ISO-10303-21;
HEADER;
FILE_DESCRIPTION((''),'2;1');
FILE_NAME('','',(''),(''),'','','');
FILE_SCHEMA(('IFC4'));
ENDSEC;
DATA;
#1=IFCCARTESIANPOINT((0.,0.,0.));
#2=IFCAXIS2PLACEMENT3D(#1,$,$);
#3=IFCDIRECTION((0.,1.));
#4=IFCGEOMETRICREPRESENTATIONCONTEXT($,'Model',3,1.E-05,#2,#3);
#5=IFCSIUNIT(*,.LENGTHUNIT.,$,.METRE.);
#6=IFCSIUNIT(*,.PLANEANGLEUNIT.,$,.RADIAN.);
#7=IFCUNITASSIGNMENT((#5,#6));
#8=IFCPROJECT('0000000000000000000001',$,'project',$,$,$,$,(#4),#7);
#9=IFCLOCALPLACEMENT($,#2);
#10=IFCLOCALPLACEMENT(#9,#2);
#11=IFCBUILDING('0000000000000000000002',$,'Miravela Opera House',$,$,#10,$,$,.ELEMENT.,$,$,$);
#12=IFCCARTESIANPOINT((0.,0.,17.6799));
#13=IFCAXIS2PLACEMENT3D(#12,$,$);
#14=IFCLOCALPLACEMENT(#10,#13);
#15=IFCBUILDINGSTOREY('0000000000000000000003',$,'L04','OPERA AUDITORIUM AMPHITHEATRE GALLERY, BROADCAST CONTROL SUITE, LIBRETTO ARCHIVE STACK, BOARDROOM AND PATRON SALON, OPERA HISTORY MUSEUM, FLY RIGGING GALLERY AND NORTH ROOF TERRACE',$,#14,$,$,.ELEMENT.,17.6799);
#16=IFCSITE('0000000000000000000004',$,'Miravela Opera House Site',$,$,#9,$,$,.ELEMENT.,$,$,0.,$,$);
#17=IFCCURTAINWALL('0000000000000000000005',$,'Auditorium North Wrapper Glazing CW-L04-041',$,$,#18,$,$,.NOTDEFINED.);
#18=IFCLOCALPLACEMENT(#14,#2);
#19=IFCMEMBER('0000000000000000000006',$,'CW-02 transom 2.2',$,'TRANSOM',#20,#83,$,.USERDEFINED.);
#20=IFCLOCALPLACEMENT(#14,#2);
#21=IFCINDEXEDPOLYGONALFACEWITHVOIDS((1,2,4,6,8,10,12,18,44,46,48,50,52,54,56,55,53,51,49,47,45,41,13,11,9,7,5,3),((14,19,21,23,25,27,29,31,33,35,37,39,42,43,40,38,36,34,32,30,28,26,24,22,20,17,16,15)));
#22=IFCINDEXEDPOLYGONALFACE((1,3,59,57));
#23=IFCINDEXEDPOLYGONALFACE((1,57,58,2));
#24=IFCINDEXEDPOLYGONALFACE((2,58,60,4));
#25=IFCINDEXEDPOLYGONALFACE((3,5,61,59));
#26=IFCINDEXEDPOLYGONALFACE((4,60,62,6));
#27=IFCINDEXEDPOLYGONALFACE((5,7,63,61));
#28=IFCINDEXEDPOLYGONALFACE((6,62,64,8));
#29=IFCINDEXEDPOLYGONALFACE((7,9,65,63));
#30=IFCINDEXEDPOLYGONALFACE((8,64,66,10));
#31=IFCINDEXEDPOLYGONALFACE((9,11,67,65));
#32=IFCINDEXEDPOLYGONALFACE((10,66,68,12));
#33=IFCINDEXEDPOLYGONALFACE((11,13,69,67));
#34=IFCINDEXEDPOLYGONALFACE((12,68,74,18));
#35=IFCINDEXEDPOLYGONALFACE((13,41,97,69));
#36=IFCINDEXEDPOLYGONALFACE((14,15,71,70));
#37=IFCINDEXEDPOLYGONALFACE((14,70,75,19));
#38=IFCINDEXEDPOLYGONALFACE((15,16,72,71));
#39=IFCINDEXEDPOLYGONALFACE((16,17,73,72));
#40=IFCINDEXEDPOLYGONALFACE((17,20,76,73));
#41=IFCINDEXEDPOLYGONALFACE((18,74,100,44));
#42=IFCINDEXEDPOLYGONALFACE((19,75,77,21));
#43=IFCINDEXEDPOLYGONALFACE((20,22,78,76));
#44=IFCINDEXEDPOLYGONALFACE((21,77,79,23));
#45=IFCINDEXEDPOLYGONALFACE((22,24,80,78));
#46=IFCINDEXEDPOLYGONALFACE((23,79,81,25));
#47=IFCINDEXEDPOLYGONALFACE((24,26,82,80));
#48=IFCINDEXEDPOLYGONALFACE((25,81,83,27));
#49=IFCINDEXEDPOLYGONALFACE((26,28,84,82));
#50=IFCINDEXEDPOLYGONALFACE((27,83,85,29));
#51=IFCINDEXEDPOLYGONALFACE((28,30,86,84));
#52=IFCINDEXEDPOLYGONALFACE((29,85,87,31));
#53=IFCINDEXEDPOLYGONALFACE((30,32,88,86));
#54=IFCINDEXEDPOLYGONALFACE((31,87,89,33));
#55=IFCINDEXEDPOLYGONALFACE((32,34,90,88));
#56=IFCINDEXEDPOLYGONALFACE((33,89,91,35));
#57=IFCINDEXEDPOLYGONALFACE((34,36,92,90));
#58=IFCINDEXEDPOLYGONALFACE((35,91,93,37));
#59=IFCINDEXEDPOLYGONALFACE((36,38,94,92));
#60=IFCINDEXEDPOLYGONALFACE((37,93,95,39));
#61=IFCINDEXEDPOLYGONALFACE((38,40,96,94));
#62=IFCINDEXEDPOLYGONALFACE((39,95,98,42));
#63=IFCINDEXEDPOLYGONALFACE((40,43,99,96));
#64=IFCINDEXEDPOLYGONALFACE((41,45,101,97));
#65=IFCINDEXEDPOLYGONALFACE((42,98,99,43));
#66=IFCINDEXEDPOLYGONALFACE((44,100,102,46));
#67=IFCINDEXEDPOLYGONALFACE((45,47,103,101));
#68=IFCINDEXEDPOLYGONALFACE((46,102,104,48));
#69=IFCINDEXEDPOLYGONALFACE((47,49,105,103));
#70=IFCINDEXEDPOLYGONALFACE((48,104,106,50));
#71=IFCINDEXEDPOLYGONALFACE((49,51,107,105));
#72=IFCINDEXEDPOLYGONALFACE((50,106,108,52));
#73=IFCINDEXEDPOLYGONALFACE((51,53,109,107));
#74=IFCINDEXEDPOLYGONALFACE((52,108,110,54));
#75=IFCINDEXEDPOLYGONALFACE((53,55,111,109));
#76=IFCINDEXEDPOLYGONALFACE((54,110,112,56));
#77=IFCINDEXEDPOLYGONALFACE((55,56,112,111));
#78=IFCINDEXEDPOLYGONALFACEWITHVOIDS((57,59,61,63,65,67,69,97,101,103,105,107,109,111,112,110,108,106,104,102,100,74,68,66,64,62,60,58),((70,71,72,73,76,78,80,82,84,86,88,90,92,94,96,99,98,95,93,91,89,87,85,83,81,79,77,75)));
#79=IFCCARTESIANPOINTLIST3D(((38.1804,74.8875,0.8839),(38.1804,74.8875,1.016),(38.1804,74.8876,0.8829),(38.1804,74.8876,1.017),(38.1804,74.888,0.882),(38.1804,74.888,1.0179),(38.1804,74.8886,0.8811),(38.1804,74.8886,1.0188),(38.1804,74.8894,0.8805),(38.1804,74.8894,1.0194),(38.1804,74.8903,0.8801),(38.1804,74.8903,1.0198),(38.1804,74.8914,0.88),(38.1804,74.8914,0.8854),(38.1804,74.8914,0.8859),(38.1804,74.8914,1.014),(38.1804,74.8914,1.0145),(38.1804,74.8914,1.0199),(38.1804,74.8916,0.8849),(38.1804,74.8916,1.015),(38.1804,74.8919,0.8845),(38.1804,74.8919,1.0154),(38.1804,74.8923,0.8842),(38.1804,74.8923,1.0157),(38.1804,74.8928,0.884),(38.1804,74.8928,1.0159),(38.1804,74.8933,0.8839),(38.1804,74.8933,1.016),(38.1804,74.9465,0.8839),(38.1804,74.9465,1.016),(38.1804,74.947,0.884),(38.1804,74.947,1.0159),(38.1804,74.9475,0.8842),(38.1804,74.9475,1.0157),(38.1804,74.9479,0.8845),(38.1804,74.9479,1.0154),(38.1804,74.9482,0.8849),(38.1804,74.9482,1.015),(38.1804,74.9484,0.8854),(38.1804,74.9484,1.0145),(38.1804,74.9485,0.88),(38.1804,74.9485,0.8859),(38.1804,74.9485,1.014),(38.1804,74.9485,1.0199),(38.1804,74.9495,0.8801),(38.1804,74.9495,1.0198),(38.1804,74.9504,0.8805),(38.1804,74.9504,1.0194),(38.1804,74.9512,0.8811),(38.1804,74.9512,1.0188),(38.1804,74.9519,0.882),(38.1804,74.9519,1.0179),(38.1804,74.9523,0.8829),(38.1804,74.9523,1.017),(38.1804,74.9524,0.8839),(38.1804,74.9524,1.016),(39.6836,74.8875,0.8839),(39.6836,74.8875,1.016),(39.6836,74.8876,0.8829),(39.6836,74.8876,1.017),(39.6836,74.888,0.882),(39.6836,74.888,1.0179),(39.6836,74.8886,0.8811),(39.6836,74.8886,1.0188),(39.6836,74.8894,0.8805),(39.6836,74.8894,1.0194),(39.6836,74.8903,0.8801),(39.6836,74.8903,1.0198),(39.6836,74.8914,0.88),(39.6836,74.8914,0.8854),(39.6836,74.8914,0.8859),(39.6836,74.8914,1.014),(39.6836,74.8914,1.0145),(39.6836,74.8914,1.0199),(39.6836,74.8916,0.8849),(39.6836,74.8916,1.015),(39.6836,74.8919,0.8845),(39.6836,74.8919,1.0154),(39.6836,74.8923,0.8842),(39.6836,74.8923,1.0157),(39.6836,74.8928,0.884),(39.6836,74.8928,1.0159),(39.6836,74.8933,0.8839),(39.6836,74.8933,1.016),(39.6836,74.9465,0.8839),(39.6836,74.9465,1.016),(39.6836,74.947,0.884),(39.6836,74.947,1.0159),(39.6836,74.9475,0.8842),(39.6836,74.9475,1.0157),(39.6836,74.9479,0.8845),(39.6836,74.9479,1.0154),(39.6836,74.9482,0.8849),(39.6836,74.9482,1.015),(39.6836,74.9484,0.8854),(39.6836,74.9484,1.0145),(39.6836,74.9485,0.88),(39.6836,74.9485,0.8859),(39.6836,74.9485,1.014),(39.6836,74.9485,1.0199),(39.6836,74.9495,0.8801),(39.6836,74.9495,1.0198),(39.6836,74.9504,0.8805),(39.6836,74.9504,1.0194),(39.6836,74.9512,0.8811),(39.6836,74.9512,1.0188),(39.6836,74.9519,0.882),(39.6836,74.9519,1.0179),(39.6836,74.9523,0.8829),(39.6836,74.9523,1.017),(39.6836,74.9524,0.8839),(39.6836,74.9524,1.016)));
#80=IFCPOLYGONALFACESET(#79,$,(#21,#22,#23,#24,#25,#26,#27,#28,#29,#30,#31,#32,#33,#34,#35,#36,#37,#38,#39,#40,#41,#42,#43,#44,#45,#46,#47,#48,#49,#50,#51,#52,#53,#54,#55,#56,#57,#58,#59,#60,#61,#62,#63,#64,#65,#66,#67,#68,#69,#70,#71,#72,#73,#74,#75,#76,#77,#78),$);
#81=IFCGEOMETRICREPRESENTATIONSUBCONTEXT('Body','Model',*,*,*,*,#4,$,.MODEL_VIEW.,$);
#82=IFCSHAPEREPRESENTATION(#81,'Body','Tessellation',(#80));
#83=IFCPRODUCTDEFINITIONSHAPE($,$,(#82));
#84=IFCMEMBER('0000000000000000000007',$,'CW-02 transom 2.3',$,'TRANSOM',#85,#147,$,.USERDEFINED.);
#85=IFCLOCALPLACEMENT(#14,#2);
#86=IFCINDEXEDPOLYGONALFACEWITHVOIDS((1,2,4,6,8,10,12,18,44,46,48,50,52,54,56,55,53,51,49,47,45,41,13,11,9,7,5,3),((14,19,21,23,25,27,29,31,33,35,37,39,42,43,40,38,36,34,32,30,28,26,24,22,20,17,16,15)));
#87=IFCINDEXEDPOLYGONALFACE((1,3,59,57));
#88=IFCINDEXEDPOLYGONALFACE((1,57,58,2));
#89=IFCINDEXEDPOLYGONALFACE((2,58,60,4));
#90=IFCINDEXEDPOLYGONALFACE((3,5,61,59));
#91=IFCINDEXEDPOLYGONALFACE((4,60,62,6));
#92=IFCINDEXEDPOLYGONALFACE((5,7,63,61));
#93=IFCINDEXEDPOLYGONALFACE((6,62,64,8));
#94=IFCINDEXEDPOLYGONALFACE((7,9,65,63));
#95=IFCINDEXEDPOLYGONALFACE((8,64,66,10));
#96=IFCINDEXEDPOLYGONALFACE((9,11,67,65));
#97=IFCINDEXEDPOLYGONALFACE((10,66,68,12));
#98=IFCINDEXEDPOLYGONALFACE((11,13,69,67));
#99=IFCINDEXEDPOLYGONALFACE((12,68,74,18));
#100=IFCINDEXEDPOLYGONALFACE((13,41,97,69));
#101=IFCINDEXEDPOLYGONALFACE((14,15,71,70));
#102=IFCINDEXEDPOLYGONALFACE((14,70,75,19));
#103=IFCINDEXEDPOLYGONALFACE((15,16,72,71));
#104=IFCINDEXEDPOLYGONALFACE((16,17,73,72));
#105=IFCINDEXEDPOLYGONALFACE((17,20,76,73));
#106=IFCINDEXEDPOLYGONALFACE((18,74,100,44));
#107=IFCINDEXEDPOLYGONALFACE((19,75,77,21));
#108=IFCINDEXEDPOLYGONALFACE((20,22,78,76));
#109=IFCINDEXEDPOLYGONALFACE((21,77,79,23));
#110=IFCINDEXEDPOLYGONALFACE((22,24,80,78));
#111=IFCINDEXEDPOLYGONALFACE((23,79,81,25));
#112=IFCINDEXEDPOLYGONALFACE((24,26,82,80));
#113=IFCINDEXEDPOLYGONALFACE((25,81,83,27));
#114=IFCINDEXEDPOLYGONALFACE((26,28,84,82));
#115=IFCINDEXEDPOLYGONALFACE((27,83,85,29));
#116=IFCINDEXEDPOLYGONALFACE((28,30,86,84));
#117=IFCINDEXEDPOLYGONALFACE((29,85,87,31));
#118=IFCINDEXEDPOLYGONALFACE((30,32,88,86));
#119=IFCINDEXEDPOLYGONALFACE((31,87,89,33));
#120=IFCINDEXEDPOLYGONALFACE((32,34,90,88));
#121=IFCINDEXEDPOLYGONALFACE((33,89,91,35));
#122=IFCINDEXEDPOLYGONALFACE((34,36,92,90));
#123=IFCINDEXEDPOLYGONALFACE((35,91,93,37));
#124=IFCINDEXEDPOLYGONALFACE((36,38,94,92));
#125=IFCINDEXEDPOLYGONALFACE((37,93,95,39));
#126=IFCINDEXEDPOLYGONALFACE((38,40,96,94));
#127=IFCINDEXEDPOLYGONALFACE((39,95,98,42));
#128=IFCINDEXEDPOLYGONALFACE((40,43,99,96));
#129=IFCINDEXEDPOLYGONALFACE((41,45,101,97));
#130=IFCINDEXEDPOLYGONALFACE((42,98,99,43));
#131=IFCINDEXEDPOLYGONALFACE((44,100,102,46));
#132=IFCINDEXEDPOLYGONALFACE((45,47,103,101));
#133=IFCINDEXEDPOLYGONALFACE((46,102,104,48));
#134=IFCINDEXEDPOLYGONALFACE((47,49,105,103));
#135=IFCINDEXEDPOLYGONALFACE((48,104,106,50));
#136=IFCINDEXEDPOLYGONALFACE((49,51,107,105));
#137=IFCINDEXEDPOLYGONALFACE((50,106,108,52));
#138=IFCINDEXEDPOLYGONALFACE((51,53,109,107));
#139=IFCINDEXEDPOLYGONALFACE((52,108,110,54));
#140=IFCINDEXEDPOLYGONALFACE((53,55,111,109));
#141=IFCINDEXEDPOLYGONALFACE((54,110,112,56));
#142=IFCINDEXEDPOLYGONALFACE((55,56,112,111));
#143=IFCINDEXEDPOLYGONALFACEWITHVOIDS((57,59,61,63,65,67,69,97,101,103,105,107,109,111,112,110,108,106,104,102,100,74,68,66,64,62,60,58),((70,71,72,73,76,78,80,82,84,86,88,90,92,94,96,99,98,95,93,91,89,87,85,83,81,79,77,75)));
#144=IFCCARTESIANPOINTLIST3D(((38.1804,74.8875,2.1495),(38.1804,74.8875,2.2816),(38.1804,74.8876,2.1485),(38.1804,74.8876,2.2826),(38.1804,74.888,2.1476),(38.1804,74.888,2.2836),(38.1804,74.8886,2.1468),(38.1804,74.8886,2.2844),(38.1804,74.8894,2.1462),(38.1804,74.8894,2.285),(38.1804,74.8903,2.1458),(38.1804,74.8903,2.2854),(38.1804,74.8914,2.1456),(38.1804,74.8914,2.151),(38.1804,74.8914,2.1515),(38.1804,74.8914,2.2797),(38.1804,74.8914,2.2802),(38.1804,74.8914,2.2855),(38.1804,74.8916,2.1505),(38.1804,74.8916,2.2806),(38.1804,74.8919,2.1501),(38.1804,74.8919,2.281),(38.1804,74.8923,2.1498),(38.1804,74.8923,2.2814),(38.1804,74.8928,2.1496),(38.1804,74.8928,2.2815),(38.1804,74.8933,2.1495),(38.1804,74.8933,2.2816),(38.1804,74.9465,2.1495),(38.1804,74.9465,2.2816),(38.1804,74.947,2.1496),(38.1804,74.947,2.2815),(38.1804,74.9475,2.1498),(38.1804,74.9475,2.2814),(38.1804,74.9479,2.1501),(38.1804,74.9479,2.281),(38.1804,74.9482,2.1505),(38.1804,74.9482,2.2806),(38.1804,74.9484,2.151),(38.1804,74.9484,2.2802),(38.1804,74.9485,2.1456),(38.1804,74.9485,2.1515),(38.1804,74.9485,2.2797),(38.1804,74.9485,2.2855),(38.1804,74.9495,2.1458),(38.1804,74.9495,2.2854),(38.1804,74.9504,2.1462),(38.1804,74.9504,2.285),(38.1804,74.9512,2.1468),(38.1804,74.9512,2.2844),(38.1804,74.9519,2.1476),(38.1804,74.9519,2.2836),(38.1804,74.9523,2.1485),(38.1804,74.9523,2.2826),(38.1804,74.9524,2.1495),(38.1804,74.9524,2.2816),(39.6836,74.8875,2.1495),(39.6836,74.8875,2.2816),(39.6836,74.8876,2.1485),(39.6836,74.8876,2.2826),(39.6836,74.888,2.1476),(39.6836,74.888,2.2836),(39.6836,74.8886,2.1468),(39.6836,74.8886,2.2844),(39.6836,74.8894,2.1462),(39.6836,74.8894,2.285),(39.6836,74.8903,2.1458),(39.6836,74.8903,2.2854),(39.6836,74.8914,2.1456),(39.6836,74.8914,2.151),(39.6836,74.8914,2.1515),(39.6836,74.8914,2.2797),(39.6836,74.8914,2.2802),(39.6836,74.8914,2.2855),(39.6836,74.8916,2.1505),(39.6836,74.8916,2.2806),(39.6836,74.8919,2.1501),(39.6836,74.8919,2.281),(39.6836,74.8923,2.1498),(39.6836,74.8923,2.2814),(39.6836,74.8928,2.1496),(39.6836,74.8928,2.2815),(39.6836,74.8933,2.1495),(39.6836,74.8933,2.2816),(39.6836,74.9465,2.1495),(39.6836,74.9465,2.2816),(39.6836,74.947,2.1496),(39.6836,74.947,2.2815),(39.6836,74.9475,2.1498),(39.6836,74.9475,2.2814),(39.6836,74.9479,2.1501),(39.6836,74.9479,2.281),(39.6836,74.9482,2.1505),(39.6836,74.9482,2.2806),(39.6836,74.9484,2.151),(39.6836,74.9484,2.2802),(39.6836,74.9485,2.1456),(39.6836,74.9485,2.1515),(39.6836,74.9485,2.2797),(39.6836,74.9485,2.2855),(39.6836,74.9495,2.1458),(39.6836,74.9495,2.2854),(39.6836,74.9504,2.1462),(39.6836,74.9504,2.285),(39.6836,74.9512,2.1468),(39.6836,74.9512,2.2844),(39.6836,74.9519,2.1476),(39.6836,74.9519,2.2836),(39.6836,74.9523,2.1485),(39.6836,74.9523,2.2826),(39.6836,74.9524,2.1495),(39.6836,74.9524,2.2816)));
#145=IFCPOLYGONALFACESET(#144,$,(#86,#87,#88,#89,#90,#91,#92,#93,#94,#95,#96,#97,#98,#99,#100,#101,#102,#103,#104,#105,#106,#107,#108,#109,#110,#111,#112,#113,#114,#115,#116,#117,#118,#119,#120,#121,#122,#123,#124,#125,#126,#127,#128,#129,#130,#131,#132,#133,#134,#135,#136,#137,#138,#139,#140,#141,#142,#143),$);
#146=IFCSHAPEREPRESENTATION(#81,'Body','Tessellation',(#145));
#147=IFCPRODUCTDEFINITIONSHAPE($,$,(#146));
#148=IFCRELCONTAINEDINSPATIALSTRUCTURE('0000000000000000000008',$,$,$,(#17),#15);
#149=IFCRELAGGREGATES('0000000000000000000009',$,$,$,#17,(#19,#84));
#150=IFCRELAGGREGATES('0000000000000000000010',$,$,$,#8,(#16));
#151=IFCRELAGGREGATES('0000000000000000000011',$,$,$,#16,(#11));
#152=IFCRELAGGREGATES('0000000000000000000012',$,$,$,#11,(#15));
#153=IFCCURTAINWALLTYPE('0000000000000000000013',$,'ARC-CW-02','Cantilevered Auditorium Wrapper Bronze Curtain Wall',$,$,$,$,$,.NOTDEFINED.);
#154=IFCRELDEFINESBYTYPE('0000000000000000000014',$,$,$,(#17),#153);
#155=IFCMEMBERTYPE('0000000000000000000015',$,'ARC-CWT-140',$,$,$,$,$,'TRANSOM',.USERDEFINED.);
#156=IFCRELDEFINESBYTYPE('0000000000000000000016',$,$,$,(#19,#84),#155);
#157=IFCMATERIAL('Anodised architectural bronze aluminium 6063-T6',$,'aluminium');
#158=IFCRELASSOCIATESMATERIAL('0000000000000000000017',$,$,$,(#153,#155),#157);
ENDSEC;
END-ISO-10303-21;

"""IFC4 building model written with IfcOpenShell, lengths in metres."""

from ifc_helpers import new_model, si_unit, direction, frame, origin, origin_2d, place, context, subcontext, project, spatial, hollow_rectangle, extrude, material, material_profile, profile_set, type_object, element, aggregate, save


model = new_model("IFC4")

# Units and contexts
model_context = context("Model", 3, precision=1e-05, world=origin(), true_north=direction((0.0, 1.0)))
body_context = subcontext(model_context, "Body", "Model", "MODEL_VIEW")
ifc_project = project(units=[si_unit("LENGTHUNIT", "METRE"), si_unit("PLANEANGLEUNIT", "RADIAN")], contexts=[model_context])

# Site, building, storey
site_placement = place(None, origin())
site = spatial("IfcSite", under=ifc_project, at=site_placement, Name="Miravela Opera House Site", CompositionType="ELEMENT", RefElevation=0.0)
building_placement = place(site_placement, origin())
building = spatial("IfcBuilding", under=site, at=building_placement, Name="Miravela Opera House", CompositionType="ELEMENT")
storey_placement = place(building_placement, frame((0.0, 0.0, 17.6799)))
storey = spatial("IfcBuildingStorey", under=building, at=storey_placement, Name="L04", Description="OPERA AUDITORIUM AMPHITHEATRE GALLERY, BROADCAST CONTROL SUITE, LIBRETTO ARCHIVE STACK, BOARDROOM AND PATRON SALON, OPERA HISTORY MUSEUM, FLY RIGGING GALLERY AND NORTH ROOF TERRACE", CompositionType="ELEMENT", Elevation=17.6799)

# Curtain wall, members
ifc_material_1 = material(Name="Anodised architectural bronze aluminium 6063-T6", Category="aluminium")
curtain_wall_type = type_object("IfcCurtainWallType", Name="ARC-CW-02", Description="Cantilevered Auditorium Wrapper Bronze Curtain Wall", PredefinedType="NOTDEFINED", material=ifc_material_1)
curtain_wall_placement = place(storey_placement, origin())
curtain_wall = element("IfcCurtainWall", 1, at=curtain_wall_placement, inside=storey, type_object=curtain_wall_type, Name="Auditorium North Wrapper Glazing CW-L04-041", PredefinedType="NOTDEFINED")
ifc_material_profile_1 = material_profile(ifc_material_1, hollow_rectangle(XDim=0.0649, YDim=0.1399, WallThickness=0.0039, InnerFilletRadius=0.002, OuterFilletRadius=0.0039, at=origin_2d()), Name="CWT-65X140")
ifc_profile_set_1 = profile_set([ifc_material_profile_1])
member_type_1 = type_object("IfcMemberType", Name="ARC-CWT-140", ElementType="TRANSOM", PredefinedType="USERDEFINED", material=ifc_profile_set_1)
member_1_placement = place(storey_placement, frame((38.1804, 74.9199, 0.95), z_axis=(1.0, 0.0, 0.0), x_axis=(0.0, 1.0, 0.0)))
member_1 = element("IfcMember", 2, at=member_1_placement, type_object=member_type_1, Name="CW-02 transom 2.2", ObjectType="TRANSOM", PredefinedType="USERDEFINED", context=body_context, shape_type="SweptSolid", body=[
    extrude(hollow_rectangle(XDim=0.0649, YDim=0.1399, WallThickness=0.0039, InnerFilletRadius=0.002, OuterFilletRadius=0.0039, at=origin_2d()), origin(), (0.0, 0.0, 1.0), 1.5032),
])
member_2_placement = place(storey_placement, frame((38.1804, 74.9199, 2.2156), z_axis=(1.0, 0.0, 0.0), x_axis=(0.0, 1.0, 0.0)))
member_2 = element("IfcMember", 3, at=member_2_placement, type_object=member_type_1, Name="CW-02 transom 2.3", ObjectType="TRANSOM", PredefinedType="USERDEFINED", context=body_context, shape_type="SweptSolid", body=[
    extrude(hollow_rectangle(XDim=0.0649, YDim=0.1399, WallThickness=0.0039, InnerFilletRadius=0.002, OuterFilletRadius=0.0039, at=origin_2d()), origin(), (0.0, 0.0, 1.0), 1.5032),
])
aggregate(curtain_wall, [member_1, member_2])

save(model, "model.ifc")
